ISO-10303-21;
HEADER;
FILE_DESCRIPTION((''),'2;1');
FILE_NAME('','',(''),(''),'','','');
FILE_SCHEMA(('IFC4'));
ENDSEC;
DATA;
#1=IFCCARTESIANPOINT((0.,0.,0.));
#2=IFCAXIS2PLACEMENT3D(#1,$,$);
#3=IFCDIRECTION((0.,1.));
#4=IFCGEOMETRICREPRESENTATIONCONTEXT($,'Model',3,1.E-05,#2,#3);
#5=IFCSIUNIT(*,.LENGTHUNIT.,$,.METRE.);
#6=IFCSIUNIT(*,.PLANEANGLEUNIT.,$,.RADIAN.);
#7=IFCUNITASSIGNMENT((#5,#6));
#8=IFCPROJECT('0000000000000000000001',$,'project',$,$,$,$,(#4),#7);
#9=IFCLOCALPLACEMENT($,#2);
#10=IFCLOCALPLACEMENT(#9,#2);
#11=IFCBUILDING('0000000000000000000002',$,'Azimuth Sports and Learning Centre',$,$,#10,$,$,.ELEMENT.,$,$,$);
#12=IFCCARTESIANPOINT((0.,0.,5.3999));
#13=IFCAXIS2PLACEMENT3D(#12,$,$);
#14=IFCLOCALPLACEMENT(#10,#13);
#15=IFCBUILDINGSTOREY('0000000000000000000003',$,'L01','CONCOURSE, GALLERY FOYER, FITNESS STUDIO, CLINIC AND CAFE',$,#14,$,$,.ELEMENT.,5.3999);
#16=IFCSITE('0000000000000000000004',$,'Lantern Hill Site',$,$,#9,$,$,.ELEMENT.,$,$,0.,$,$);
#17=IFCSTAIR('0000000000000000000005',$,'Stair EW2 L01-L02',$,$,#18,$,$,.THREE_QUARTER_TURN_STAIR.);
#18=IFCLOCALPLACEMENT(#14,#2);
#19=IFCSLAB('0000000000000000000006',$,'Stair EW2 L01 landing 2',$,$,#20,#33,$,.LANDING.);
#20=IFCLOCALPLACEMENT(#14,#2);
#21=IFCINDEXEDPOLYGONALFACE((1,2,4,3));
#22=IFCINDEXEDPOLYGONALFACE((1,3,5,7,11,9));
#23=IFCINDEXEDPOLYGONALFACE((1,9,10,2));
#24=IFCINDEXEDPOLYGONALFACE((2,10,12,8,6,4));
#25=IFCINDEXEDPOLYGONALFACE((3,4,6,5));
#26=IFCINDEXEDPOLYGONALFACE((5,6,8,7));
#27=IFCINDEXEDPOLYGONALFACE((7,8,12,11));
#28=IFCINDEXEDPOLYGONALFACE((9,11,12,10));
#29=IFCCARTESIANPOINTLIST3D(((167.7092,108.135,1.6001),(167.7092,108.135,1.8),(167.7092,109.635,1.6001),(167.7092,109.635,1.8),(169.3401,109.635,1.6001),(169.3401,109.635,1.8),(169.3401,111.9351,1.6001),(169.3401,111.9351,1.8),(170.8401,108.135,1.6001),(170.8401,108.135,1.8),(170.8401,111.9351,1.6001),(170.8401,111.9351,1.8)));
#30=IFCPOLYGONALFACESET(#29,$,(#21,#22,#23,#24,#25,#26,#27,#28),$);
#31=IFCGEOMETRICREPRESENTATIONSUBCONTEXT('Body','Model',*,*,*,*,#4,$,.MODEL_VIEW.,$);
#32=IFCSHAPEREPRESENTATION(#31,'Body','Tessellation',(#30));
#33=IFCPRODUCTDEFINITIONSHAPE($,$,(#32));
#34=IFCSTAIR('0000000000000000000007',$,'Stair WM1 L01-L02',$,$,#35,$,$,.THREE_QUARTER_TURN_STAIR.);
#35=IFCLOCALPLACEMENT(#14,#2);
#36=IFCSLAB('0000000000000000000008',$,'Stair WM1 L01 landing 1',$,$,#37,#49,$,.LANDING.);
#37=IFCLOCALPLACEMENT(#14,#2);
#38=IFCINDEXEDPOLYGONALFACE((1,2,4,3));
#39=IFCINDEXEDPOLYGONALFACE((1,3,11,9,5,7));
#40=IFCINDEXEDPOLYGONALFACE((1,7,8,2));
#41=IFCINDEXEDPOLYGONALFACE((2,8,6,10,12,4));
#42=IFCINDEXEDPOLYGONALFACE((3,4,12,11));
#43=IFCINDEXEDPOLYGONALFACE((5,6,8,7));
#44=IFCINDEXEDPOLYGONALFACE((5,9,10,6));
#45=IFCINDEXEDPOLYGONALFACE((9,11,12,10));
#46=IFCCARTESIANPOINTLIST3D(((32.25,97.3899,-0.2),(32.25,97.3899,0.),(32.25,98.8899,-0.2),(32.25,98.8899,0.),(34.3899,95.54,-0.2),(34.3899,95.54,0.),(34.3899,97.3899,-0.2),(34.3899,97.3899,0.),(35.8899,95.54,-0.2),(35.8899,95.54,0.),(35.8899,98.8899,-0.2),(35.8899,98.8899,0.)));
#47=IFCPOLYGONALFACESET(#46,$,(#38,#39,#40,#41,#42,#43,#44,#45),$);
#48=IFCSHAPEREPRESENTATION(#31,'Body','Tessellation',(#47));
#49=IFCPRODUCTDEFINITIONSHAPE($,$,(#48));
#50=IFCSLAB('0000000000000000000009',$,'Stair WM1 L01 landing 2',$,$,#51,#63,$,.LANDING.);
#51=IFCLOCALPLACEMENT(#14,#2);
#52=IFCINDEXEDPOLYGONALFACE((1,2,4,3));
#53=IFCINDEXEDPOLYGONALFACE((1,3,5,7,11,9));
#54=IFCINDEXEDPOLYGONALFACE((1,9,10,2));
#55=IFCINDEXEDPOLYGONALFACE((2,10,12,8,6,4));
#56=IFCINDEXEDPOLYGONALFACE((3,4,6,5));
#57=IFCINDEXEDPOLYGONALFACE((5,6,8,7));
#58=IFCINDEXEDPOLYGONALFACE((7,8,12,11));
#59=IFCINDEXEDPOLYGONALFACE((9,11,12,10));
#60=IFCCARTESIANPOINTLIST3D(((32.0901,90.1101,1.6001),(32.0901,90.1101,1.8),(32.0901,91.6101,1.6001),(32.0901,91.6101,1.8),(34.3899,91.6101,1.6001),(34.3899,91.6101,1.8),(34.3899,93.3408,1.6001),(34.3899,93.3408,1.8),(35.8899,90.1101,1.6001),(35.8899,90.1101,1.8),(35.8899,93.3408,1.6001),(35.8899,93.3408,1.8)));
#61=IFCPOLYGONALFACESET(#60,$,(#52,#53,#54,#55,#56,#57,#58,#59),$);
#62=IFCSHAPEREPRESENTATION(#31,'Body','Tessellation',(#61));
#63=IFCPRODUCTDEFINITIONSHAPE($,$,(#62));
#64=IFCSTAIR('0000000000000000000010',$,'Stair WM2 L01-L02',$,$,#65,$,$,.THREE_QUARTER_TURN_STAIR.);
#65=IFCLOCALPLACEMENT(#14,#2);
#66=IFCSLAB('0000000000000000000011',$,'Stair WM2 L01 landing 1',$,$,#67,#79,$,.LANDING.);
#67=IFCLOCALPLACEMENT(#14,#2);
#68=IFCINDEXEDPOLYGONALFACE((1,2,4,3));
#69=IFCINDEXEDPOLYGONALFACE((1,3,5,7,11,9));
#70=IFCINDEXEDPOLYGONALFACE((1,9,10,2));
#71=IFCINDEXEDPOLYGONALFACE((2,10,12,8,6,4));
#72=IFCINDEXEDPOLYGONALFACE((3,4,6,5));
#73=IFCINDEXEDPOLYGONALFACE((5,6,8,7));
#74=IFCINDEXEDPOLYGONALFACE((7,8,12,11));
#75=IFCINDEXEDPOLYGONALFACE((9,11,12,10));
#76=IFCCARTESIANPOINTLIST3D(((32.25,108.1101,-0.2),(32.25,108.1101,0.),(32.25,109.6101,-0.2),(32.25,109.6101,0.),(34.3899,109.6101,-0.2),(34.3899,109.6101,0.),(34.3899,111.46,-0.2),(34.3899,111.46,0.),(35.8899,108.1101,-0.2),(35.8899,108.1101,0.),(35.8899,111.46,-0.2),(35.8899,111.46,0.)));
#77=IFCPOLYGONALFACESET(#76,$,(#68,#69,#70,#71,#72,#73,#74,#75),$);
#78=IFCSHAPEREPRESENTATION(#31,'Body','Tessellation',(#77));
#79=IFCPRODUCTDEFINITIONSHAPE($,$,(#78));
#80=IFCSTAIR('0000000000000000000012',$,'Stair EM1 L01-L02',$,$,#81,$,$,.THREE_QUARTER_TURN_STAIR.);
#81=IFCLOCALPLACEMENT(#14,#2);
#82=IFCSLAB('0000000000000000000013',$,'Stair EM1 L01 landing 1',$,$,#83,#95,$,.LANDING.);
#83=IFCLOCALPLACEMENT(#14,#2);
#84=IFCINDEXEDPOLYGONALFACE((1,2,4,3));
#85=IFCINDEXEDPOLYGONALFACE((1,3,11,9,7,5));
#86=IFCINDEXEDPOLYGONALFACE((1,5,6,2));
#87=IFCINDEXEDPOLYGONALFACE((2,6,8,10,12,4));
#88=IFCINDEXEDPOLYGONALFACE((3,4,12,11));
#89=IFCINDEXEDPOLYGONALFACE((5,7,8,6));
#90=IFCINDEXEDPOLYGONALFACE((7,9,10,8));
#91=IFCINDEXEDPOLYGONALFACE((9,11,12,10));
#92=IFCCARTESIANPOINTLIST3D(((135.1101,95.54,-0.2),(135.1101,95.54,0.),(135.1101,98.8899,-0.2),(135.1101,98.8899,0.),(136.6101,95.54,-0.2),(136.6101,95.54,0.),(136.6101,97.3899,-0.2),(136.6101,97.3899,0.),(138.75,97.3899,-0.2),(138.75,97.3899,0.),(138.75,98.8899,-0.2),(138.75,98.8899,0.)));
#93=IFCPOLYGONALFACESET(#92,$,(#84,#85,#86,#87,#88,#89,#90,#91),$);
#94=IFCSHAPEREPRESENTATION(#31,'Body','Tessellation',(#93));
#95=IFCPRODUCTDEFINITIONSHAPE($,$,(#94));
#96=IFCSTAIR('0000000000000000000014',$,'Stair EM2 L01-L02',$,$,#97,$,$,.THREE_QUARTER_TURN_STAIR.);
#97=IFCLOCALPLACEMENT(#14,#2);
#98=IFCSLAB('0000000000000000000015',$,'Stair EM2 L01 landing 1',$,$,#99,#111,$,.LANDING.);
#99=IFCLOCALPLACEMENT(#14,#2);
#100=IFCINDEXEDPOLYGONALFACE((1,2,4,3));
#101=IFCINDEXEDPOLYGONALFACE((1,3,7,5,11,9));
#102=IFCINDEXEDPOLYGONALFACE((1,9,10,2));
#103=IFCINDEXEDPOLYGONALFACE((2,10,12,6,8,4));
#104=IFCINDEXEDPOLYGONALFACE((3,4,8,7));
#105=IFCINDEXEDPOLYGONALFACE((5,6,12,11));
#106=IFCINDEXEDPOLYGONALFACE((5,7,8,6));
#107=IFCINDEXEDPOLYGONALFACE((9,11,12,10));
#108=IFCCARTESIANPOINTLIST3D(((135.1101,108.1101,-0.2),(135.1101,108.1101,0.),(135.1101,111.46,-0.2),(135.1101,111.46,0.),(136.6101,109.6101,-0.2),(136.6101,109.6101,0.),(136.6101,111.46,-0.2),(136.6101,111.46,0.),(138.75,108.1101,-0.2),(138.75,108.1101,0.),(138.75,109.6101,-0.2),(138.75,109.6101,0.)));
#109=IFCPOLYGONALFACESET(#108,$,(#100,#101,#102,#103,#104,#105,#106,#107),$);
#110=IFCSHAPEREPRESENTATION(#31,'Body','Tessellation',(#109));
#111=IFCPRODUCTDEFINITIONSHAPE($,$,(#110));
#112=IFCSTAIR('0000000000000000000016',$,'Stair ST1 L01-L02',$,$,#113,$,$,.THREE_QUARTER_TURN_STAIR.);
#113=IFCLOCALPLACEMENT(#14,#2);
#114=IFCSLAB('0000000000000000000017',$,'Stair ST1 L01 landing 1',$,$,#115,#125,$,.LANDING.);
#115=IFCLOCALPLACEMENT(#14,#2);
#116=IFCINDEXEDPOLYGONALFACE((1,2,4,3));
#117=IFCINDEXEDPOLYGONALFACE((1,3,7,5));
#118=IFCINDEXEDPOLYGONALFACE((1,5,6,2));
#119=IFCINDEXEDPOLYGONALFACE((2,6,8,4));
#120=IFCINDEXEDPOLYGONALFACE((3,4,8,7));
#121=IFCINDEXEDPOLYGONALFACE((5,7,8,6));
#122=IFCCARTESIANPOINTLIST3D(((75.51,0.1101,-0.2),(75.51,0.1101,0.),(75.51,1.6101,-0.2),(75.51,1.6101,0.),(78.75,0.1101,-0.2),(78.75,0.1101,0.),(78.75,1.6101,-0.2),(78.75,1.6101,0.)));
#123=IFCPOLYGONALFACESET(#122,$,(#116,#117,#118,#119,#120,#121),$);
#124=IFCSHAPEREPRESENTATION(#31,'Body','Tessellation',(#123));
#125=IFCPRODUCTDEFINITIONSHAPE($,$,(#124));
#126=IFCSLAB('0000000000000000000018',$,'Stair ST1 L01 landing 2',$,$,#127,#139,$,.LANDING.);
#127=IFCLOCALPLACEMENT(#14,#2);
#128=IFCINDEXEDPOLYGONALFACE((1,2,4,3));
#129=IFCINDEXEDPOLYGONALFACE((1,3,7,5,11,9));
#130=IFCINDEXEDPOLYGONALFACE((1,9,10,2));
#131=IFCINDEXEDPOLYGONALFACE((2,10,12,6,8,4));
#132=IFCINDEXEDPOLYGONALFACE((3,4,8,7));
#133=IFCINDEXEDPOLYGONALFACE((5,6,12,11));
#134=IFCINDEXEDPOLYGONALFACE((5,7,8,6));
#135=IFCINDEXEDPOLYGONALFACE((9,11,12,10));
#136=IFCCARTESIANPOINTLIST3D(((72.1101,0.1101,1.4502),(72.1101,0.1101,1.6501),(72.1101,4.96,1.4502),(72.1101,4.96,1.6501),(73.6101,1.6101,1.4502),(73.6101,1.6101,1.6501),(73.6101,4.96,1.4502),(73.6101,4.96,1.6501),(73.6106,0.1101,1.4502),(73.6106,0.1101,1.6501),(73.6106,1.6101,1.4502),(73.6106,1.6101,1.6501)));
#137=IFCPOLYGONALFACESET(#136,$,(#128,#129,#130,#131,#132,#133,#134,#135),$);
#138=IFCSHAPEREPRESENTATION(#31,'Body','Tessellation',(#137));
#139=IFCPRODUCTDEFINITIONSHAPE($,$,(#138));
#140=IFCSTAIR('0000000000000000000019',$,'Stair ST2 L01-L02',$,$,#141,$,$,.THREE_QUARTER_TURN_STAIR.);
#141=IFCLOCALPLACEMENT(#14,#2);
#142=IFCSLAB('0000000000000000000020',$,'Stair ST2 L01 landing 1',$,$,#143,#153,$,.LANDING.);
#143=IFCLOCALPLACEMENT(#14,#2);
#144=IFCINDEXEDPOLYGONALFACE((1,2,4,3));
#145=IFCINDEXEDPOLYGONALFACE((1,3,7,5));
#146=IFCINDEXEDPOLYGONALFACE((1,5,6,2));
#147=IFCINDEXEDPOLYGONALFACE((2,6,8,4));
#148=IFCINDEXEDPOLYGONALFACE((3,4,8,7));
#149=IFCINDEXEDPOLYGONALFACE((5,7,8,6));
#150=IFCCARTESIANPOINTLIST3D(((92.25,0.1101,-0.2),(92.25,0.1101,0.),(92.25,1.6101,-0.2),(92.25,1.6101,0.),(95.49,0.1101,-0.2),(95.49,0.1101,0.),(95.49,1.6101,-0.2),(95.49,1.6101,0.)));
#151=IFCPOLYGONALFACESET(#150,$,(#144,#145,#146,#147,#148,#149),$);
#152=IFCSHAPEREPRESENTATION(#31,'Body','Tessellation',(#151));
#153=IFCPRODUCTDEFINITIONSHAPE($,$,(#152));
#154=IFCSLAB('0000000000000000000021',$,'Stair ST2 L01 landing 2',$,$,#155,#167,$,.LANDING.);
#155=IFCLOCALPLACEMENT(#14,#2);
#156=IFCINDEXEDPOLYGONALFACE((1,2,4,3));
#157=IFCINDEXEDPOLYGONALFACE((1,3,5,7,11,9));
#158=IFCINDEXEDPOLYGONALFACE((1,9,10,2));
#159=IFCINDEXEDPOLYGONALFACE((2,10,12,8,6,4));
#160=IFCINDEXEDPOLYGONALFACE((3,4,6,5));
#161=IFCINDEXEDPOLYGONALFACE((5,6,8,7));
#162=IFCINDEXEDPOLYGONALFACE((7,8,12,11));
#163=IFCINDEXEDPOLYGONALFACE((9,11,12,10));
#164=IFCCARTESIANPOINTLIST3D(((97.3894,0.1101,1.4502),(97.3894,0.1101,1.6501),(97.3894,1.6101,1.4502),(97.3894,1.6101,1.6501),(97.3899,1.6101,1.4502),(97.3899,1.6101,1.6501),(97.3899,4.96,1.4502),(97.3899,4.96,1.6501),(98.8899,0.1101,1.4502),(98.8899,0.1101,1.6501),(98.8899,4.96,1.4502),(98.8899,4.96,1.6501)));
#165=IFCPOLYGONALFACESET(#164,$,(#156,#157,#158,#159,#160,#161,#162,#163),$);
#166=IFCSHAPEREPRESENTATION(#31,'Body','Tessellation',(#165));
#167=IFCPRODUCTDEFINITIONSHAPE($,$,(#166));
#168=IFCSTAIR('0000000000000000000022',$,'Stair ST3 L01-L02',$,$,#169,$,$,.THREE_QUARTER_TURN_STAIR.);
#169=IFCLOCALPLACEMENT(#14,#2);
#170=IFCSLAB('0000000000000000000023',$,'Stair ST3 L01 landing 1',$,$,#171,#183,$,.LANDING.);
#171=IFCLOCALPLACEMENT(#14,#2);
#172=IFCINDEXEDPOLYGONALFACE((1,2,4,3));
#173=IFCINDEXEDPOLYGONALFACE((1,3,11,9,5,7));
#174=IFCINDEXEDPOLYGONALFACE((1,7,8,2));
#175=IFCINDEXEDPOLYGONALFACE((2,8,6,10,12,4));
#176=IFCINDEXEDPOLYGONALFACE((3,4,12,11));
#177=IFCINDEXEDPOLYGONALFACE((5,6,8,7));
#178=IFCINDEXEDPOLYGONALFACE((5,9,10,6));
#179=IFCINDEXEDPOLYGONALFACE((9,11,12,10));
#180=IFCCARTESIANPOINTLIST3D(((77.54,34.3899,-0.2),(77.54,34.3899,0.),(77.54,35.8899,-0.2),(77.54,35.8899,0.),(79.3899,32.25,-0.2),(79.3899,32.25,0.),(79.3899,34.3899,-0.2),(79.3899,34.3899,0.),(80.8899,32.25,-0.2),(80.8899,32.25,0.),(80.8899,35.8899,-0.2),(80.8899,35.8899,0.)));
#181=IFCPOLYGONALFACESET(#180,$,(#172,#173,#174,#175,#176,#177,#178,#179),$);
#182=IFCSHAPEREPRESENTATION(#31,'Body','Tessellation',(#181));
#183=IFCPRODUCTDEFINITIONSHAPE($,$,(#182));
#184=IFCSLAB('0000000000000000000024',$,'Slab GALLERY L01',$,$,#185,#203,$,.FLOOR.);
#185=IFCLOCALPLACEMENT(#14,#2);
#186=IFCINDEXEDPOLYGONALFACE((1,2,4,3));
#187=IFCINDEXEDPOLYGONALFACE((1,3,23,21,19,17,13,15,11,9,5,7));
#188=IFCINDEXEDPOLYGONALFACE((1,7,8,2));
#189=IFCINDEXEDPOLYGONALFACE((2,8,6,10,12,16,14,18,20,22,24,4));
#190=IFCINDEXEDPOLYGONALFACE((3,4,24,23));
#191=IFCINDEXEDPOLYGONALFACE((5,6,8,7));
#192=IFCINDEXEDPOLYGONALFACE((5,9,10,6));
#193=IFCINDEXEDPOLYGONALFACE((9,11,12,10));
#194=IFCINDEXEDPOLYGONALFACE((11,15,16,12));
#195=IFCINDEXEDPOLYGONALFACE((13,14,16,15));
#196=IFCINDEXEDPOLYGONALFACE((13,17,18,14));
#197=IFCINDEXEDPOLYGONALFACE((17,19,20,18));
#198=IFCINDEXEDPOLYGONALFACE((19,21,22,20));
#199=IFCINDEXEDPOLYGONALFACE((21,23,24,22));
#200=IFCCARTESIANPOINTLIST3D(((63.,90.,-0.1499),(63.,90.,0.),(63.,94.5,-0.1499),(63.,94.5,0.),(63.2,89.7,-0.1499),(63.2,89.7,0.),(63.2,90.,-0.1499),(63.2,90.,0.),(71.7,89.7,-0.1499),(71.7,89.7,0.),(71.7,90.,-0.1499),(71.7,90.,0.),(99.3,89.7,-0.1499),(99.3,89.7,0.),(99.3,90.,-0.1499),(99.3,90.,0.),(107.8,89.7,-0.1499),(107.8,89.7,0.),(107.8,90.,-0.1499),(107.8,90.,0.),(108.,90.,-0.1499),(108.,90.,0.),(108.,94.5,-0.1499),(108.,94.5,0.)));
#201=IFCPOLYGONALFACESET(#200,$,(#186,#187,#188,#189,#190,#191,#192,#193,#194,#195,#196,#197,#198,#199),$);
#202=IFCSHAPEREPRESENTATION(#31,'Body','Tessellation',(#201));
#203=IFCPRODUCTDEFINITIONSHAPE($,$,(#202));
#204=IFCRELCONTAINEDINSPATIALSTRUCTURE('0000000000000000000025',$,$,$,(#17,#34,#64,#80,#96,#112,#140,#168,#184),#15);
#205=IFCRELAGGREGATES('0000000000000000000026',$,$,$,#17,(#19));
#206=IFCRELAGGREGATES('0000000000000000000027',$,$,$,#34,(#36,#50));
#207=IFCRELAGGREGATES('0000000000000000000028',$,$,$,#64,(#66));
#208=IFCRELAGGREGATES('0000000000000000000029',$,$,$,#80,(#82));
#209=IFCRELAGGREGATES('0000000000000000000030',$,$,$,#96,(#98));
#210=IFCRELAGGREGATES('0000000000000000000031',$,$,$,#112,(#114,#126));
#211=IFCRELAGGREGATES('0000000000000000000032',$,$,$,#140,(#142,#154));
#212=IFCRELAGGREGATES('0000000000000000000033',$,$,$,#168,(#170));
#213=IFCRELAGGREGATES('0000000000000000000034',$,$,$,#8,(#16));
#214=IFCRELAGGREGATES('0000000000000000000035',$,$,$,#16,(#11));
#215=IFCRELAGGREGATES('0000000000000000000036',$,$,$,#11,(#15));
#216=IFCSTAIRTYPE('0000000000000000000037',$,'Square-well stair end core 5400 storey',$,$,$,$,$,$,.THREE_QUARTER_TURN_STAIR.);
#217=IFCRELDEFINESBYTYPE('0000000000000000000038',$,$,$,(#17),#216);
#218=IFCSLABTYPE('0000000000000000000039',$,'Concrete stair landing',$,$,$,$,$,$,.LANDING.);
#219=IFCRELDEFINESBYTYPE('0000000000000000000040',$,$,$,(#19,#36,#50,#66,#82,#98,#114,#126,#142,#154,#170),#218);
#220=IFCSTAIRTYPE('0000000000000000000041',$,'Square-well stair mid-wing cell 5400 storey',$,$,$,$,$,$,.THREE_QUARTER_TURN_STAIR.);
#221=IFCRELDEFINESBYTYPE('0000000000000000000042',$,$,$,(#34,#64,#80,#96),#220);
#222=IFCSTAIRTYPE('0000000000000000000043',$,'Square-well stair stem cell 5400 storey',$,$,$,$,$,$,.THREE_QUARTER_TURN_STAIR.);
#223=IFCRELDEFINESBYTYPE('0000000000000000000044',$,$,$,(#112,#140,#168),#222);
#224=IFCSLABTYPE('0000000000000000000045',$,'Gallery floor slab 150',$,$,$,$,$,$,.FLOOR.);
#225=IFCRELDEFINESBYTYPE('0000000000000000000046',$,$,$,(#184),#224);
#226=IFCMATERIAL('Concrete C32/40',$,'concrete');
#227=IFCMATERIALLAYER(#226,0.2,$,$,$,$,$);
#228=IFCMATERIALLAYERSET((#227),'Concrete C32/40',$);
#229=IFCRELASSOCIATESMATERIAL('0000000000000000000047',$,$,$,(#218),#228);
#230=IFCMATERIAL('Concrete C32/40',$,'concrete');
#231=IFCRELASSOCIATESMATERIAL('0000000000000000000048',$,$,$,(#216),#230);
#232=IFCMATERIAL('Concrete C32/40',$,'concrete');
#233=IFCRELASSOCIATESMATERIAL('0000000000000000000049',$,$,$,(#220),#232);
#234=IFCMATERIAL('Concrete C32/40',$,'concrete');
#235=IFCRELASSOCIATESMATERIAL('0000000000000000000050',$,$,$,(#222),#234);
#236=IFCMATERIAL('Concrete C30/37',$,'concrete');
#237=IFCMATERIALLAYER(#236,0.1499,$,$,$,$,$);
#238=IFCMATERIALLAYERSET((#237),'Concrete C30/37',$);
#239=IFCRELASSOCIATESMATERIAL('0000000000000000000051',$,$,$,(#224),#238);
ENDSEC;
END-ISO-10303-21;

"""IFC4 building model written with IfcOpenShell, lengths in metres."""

from ifc_helpers import new_model, si_unit, direction, frame, origin, place, context, subcontext, project, spatial, polyline, outline, extrude, material, layer, layer_set, type_object, element, aggregate, save


model = new_model("IFC4")

# Units and contexts
model_context = context("Model", 3, precision=1e-05, world=origin(), true_north=direction((0.0, 1.0)))
body_context = subcontext(model_context, "Body", "Model", "MODEL_VIEW")
ifc_project = project(units=[si_unit("LENGTHUNIT", "METRE"), si_unit("PLANEANGLEUNIT", "RADIAN")], contexts=[model_context])

# Site, building, storey
site_placement = place(None, origin())
site = spatial("IfcSite", under=ifc_project, at=site_placement, Name="Lantern Hill Site", CompositionType="ELEMENT", RefElevation=0.0)
building_placement = place(site_placement, origin())
building = spatial("IfcBuilding", under=site, at=building_placement, Name="Azimuth Sports and Learning Centre", CompositionType="ELEMENT")
storey_placement = place(building_placement, frame((0.0, 0.0, 5.3999)))
storey = spatial("IfcBuildingStorey", under=building, at=storey_placement, Name="L01", Description="CONCOURSE, GALLERY FOYER, FITNESS STUDIO, CLINIC AND CAFE", CompositionType="ELEMENT", Elevation=5.3999)

# Stairs, slabs
ifc_material_1 = material(Name="Concrete C32/40", Category="concrete")
ifc_layer_1 = layer(ifc_material_1, 0.2)
ifc_layer_set_1 = layer_set([ifc_layer_1], Name="Concrete C32/40")
slab_type_1 = type_object("IfcSlabType", Name="Concrete stair landing", PredefinedType="LANDING", material=ifc_layer_set_1)
ifc_material_2 = material(Name="Concrete C32/40", Category="concrete")
stair_type_1 = type_object("IfcStairType", Name="Square-well stair end core 5400 storey", PredefinedType="THREE_QUARTER_TURN_STAIR", material=ifc_material_2)
stair_1_placement = place(storey_placement, origin())
stair_1 = element("IfcStair", 1, at=stair_1_placement, inside=storey, type_object=stair_type_1, Name="Stair EW2 L01-L02", PredefinedType="THREE_QUARTER_TURN_STAIR")
slab_1_placement = place(storey_placement, frame((0.0, 0.0, 1.6001)))
slab_1 = element("IfcSlab", 2, at=slab_1_placement, type_object=slab_type_1, Name="Stair EW2 L01 landing 2", PredefinedType="LANDING", context=body_context, shape_type="SweptSolid", body=[
    extrude(outline(polyline([(169.3401, 109.635), (167.7092, 109.635), (167.7092, 108.135), (170.8401, 108.135), (170.8401, 111.9351), (169.3401, 111.9351), (169.3401, 109.635)])), origin(), (0.0, 0.0, 1.0), 0.2),
])
aggregate(stair_1, [slab_1])
ifc_material_3 = material(Name="Concrete C32/40", Category="concrete")
stair_type_2 = type_object("IfcStairType", Name="Square-well stair mid-wing cell 5400 storey", PredefinedType="THREE_QUARTER_TURN_STAIR", material=ifc_material_3)
stair_2_placement = place(storey_placement, origin())
stair_2 = element("IfcStair", 3, at=stair_2_placement, inside=storey, type_object=stair_type_2, Name="Stair WM1 L01-L02", PredefinedType="THREE_QUARTER_TURN_STAIR")
slab_2_placement = place(storey_placement, frame((0.0, 0.0, -0.2)))
slab_2 = element("IfcSlab", 4, at=slab_2_placement, type_object=slab_type_1, Name="Stair WM1 L01 landing 1", PredefinedType="LANDING", context=body_context, shape_type="SweptSolid", body=[
    extrude(outline(polyline([(35.8899, 98.8899), (32.25, 98.8899), (32.25, 97.3899), (34.3899, 97.3899), (34.3899, 95.54), (35.8899, 95.54), (35.8899, 98.8899)])), origin(), (0.0, 0.0, 1.0), 0.2),
])
slab_3_placement = place(storey_placement, frame((0.0, 0.0, 1.6001)))
slab_3 = element("IfcSlab", 5, at=slab_3_placement, type_object=slab_type_1, Name="Stair WM1 L01 landing 2", PredefinedType="LANDING", context=body_context, shape_type="SweptSolid", body=[
    extrude(outline(polyline([(34.3899, 91.6101), (32.0901, 91.6101), (32.0901, 90.1101), (35.8899, 90.1101), (35.8899, 93.3408), (34.3899, 93.3408), (34.3899, 91.6101)])), origin(), (0.0, 0.0, 1.0), 0.2),
])
aggregate(stair_2, [slab_2, slab_3])

# Stairs, slabs
stair_3_placement = place(storey_placement, origin())
stair_3 = element("IfcStair", 6, at=stair_3_placement, inside=storey, type_object=stair_type_2, Name="Stair WM2 L01-L02", PredefinedType="THREE_QUARTER_TURN_STAIR")
slab_4_placement = place(storey_placement, frame((0.0, 0.0, -0.2)))
slab_4 = element("IfcSlab", 7, at=slab_4_placement, type_object=slab_type_1, Name="Stair WM2 L01 landing 1", PredefinedType="LANDING", context=body_context, shape_type="SweptSolid", body=[
    extrude(outline(polyline([(34.3899, 111.46), (34.3899, 109.6101), (32.25, 109.6101), (32.25, 108.1101), (35.8899, 108.1101), (35.8899, 111.46), (34.3899, 111.46)])), origin(), (0.0, 0.0, 1.0), 0.2),
])
aggregate(stair_3, [slab_4])
stair_4_placement = place(storey_placement, origin())
stair_4 = element("IfcStair", 8, at=stair_4_placement, inside=storey, type_object=stair_type_2, Name="Stair EM1 L01-L02", PredefinedType="THREE_QUARTER_TURN_STAIR")
slab_5_placement = place(storey_placement, frame((0.0, 0.0, -0.2)))
slab_5 = element("IfcSlab", 9, at=slab_5_placement, type_object=slab_type_1, Name="Stair EM1 L01 landing 1", PredefinedType="LANDING", context=body_context, shape_type="SweptSolid", body=[
    extrude(outline(polyline([(136.6101, 95.54), (136.6101, 97.3899), (138.75, 97.3899), (138.75, 98.8899), (135.1101, 98.8899), (135.1101, 95.54), (136.6101, 95.54)])), origin(), (0.0, 0.0, 1.0), 0.2),
])
aggregate(stair_4, [slab_5])
stair_5_placement = place(storey_placement, origin())
stair_5 = element("IfcStair", 10, at=stair_5_placement, inside=storey, type_object=stair_type_2, Name="Stair EM2 L01-L02", PredefinedType="THREE_QUARTER_TURN_STAIR")
slab_6_placement = place(storey_placement, frame((0.0, 0.0, -0.2)))
slab_6 = element("IfcSlab", 11, at=slab_6_placement, type_object=slab_type_1, Name="Stair EM2 L01 landing 1", PredefinedType="LANDING", context=body_context, shape_type="SweptSolid", body=[
    extrude(outline(polyline([(135.1101, 108.1101), (138.75, 108.1101), (138.75, 109.6101), (136.6101, 109.6101), (136.6101, 111.46), (135.1101, 111.46), (135.1101, 108.1101)])), origin(), (0.0, 0.0, 1.0), 0.2),
])
aggregate(stair_5, [slab_6])

# Stairs, slabs
ifc_material_4 = material(Name="Concrete C32/40", Category="concrete")
stair_type_3 = type_object("IfcStairType", Name="Square-well stair stem cell 5400 storey", PredefinedType="THREE_QUARTER_TURN_STAIR", material=ifc_material_4)
stair_6_placement = place(storey_placement, origin())
stair_6 = element("IfcStair", 12, at=stair_6_placement, inside=storey, type_object=stair_type_3, Name="Stair ST1 L01-L02", PredefinedType="THREE_QUARTER_TURN_STAIR")
slab_7_placement = place(storey_placement, frame((0.0, 0.0, -0.2)))
slab_7 = element("IfcSlab", 13, at=slab_7_placement, type_object=slab_type_1, Name="Stair ST1 L01 landing 1", PredefinedType="LANDING", context=body_context, shape_type="SweptSolid", body=[
    extrude(outline(polyline([(75.51, 0.1101), (78.75, 0.1101), (78.75, 1.6101), (75.51, 1.6101), (75.51, 0.1101)])), origin(), (0.0, 0.0, 1.0), 0.2),
])
slab_8_placement = place(storey_placement, frame((0.0, 0.0, 1.4502)))
slab_8 = element("IfcSlab", 14, at=slab_8_placement, type_object=slab_type_1, Name="Stair ST1 L01 landing 2", PredefinedType="LANDING", context=body_context, shape_type="SweptSolid", body=[
    extrude(outline(polyline([(73.6101, 1.6101), (73.6101, 4.96), (72.1101, 4.96), (72.1101, 0.1101), (73.6106, 0.1101), (73.6106, 1.6101), (73.6101, 1.6101)])), origin(), (0.0, 0.0, 1.0), 0.2),
])
aggregate(stair_6, [slab_7, slab_8])
stair_7_placement = place(storey_placement, origin())
stair_7 = element("IfcStair", 15, at=stair_7_placement, inside=storey, type_object=stair_type_3, Name="Stair ST2 L01-L02", PredefinedType="THREE_QUARTER_TURN_STAIR")
slab_9_placement = place(storey_placement, frame((0.0, 0.0, -0.2)))
slab_9 = element("IfcSlab", 16, at=slab_9_placement, type_object=slab_type_1, Name="Stair ST2 L01 landing 1", PredefinedType="LANDING", context=body_context, shape_type="SweptSolid", body=[
    extrude(outline(polyline([(95.49, 0.1101), (95.49, 1.6101), (92.25, 1.6101), (92.25, 0.1101), (95.49, 0.1101)])), origin(), (0.0, 0.0, 1.0), 0.2),
])
slab_10_placement = place(storey_placement, frame((0.0, 0.0, 1.4502)))
slab_10 = element("IfcSlab", 17, at=slab_10_placement, type_object=slab_type_1, Name="Stair ST2 L01 landing 2", PredefinedType="LANDING", context=body_context, shape_type="SweptSolid", body=[
    extrude(outline(polyline([(97.3899, 1.6101), (97.3894, 1.6101), (97.3894, 0.1101), (98.8899, 0.1101), (98.8899, 4.96), (97.3899, 4.96), (97.3899, 1.6101)])), origin(), (0.0, 0.0, 1.0), 0.2),
])
aggregate(stair_7, [slab_9, slab_10])

# Stair, slab
stair_8_placement = place(storey_placement, origin())
stair_8 = element("IfcStair", 18, at=stair_8_placement, inside=storey, type_object=stair_type_3, Name="Stair ST3 L01-L02", PredefinedType="THREE_QUARTER_TURN_STAIR")
slab_11_placement = place(storey_placement, frame((0.0, 0.0, -0.2)))
slab_11 = element("IfcSlab", 19, at=slab_11_placement, type_object=slab_type_1, Name="Stair ST3 L01 landing 1", PredefinedType="LANDING", context=body_context, shape_type="SweptSolid", body=[
    extrude(outline(polyline([(77.54, 34.3899), (79.3899, 34.3899), (79.3899, 32.25), (80.8899, 32.25), (80.8899, 35.8899), (77.54, 35.8899), (77.54, 34.3899)])), origin(), (0.0, 0.0, 1.0), 0.2),
])
aggregate(stair_8, [slab_11])

# Slab
ifc_material_5 = material(Name="Concrete C30/37", Category="concrete")
ifc_layer_2 = layer(ifc_material_5, 0.1499)
ifc_layer_set_2 = layer_set([ifc_layer_2], Name="Concrete C30/37")
slab_type_2 = type_object("IfcSlabType", Name="Gallery floor slab 150", PredefinedType="FLOOR", material=ifc_layer_set_2)
slab_12_placement = place(storey_placement, frame((0.0, 0.0, -0.1499)))
element("IfcSlab", 20, at=slab_12_placement, inside=storey, type_object=slab_type_2, Name="Slab GALLERY L01", PredefinedType="FLOOR", context=body_context, shape_type="SweptSolid", body=[
    extrude(outline(polyline([(63.2, 89.7), (71.7, 89.7), (71.7, 90.0), (99.3, 90.0), (99.3, 89.7), (107.8, 89.7), (107.8, 90.0), (108.0, 90.0), (108.0, 94.5), (63.0, 94.5), (63.0, 90.0), (63.2, 90.0), (63.2, 89.7)])), origin(), (0.0, 0.0, 1.0), 0.1499),
])

save(model, "model.ifc")
